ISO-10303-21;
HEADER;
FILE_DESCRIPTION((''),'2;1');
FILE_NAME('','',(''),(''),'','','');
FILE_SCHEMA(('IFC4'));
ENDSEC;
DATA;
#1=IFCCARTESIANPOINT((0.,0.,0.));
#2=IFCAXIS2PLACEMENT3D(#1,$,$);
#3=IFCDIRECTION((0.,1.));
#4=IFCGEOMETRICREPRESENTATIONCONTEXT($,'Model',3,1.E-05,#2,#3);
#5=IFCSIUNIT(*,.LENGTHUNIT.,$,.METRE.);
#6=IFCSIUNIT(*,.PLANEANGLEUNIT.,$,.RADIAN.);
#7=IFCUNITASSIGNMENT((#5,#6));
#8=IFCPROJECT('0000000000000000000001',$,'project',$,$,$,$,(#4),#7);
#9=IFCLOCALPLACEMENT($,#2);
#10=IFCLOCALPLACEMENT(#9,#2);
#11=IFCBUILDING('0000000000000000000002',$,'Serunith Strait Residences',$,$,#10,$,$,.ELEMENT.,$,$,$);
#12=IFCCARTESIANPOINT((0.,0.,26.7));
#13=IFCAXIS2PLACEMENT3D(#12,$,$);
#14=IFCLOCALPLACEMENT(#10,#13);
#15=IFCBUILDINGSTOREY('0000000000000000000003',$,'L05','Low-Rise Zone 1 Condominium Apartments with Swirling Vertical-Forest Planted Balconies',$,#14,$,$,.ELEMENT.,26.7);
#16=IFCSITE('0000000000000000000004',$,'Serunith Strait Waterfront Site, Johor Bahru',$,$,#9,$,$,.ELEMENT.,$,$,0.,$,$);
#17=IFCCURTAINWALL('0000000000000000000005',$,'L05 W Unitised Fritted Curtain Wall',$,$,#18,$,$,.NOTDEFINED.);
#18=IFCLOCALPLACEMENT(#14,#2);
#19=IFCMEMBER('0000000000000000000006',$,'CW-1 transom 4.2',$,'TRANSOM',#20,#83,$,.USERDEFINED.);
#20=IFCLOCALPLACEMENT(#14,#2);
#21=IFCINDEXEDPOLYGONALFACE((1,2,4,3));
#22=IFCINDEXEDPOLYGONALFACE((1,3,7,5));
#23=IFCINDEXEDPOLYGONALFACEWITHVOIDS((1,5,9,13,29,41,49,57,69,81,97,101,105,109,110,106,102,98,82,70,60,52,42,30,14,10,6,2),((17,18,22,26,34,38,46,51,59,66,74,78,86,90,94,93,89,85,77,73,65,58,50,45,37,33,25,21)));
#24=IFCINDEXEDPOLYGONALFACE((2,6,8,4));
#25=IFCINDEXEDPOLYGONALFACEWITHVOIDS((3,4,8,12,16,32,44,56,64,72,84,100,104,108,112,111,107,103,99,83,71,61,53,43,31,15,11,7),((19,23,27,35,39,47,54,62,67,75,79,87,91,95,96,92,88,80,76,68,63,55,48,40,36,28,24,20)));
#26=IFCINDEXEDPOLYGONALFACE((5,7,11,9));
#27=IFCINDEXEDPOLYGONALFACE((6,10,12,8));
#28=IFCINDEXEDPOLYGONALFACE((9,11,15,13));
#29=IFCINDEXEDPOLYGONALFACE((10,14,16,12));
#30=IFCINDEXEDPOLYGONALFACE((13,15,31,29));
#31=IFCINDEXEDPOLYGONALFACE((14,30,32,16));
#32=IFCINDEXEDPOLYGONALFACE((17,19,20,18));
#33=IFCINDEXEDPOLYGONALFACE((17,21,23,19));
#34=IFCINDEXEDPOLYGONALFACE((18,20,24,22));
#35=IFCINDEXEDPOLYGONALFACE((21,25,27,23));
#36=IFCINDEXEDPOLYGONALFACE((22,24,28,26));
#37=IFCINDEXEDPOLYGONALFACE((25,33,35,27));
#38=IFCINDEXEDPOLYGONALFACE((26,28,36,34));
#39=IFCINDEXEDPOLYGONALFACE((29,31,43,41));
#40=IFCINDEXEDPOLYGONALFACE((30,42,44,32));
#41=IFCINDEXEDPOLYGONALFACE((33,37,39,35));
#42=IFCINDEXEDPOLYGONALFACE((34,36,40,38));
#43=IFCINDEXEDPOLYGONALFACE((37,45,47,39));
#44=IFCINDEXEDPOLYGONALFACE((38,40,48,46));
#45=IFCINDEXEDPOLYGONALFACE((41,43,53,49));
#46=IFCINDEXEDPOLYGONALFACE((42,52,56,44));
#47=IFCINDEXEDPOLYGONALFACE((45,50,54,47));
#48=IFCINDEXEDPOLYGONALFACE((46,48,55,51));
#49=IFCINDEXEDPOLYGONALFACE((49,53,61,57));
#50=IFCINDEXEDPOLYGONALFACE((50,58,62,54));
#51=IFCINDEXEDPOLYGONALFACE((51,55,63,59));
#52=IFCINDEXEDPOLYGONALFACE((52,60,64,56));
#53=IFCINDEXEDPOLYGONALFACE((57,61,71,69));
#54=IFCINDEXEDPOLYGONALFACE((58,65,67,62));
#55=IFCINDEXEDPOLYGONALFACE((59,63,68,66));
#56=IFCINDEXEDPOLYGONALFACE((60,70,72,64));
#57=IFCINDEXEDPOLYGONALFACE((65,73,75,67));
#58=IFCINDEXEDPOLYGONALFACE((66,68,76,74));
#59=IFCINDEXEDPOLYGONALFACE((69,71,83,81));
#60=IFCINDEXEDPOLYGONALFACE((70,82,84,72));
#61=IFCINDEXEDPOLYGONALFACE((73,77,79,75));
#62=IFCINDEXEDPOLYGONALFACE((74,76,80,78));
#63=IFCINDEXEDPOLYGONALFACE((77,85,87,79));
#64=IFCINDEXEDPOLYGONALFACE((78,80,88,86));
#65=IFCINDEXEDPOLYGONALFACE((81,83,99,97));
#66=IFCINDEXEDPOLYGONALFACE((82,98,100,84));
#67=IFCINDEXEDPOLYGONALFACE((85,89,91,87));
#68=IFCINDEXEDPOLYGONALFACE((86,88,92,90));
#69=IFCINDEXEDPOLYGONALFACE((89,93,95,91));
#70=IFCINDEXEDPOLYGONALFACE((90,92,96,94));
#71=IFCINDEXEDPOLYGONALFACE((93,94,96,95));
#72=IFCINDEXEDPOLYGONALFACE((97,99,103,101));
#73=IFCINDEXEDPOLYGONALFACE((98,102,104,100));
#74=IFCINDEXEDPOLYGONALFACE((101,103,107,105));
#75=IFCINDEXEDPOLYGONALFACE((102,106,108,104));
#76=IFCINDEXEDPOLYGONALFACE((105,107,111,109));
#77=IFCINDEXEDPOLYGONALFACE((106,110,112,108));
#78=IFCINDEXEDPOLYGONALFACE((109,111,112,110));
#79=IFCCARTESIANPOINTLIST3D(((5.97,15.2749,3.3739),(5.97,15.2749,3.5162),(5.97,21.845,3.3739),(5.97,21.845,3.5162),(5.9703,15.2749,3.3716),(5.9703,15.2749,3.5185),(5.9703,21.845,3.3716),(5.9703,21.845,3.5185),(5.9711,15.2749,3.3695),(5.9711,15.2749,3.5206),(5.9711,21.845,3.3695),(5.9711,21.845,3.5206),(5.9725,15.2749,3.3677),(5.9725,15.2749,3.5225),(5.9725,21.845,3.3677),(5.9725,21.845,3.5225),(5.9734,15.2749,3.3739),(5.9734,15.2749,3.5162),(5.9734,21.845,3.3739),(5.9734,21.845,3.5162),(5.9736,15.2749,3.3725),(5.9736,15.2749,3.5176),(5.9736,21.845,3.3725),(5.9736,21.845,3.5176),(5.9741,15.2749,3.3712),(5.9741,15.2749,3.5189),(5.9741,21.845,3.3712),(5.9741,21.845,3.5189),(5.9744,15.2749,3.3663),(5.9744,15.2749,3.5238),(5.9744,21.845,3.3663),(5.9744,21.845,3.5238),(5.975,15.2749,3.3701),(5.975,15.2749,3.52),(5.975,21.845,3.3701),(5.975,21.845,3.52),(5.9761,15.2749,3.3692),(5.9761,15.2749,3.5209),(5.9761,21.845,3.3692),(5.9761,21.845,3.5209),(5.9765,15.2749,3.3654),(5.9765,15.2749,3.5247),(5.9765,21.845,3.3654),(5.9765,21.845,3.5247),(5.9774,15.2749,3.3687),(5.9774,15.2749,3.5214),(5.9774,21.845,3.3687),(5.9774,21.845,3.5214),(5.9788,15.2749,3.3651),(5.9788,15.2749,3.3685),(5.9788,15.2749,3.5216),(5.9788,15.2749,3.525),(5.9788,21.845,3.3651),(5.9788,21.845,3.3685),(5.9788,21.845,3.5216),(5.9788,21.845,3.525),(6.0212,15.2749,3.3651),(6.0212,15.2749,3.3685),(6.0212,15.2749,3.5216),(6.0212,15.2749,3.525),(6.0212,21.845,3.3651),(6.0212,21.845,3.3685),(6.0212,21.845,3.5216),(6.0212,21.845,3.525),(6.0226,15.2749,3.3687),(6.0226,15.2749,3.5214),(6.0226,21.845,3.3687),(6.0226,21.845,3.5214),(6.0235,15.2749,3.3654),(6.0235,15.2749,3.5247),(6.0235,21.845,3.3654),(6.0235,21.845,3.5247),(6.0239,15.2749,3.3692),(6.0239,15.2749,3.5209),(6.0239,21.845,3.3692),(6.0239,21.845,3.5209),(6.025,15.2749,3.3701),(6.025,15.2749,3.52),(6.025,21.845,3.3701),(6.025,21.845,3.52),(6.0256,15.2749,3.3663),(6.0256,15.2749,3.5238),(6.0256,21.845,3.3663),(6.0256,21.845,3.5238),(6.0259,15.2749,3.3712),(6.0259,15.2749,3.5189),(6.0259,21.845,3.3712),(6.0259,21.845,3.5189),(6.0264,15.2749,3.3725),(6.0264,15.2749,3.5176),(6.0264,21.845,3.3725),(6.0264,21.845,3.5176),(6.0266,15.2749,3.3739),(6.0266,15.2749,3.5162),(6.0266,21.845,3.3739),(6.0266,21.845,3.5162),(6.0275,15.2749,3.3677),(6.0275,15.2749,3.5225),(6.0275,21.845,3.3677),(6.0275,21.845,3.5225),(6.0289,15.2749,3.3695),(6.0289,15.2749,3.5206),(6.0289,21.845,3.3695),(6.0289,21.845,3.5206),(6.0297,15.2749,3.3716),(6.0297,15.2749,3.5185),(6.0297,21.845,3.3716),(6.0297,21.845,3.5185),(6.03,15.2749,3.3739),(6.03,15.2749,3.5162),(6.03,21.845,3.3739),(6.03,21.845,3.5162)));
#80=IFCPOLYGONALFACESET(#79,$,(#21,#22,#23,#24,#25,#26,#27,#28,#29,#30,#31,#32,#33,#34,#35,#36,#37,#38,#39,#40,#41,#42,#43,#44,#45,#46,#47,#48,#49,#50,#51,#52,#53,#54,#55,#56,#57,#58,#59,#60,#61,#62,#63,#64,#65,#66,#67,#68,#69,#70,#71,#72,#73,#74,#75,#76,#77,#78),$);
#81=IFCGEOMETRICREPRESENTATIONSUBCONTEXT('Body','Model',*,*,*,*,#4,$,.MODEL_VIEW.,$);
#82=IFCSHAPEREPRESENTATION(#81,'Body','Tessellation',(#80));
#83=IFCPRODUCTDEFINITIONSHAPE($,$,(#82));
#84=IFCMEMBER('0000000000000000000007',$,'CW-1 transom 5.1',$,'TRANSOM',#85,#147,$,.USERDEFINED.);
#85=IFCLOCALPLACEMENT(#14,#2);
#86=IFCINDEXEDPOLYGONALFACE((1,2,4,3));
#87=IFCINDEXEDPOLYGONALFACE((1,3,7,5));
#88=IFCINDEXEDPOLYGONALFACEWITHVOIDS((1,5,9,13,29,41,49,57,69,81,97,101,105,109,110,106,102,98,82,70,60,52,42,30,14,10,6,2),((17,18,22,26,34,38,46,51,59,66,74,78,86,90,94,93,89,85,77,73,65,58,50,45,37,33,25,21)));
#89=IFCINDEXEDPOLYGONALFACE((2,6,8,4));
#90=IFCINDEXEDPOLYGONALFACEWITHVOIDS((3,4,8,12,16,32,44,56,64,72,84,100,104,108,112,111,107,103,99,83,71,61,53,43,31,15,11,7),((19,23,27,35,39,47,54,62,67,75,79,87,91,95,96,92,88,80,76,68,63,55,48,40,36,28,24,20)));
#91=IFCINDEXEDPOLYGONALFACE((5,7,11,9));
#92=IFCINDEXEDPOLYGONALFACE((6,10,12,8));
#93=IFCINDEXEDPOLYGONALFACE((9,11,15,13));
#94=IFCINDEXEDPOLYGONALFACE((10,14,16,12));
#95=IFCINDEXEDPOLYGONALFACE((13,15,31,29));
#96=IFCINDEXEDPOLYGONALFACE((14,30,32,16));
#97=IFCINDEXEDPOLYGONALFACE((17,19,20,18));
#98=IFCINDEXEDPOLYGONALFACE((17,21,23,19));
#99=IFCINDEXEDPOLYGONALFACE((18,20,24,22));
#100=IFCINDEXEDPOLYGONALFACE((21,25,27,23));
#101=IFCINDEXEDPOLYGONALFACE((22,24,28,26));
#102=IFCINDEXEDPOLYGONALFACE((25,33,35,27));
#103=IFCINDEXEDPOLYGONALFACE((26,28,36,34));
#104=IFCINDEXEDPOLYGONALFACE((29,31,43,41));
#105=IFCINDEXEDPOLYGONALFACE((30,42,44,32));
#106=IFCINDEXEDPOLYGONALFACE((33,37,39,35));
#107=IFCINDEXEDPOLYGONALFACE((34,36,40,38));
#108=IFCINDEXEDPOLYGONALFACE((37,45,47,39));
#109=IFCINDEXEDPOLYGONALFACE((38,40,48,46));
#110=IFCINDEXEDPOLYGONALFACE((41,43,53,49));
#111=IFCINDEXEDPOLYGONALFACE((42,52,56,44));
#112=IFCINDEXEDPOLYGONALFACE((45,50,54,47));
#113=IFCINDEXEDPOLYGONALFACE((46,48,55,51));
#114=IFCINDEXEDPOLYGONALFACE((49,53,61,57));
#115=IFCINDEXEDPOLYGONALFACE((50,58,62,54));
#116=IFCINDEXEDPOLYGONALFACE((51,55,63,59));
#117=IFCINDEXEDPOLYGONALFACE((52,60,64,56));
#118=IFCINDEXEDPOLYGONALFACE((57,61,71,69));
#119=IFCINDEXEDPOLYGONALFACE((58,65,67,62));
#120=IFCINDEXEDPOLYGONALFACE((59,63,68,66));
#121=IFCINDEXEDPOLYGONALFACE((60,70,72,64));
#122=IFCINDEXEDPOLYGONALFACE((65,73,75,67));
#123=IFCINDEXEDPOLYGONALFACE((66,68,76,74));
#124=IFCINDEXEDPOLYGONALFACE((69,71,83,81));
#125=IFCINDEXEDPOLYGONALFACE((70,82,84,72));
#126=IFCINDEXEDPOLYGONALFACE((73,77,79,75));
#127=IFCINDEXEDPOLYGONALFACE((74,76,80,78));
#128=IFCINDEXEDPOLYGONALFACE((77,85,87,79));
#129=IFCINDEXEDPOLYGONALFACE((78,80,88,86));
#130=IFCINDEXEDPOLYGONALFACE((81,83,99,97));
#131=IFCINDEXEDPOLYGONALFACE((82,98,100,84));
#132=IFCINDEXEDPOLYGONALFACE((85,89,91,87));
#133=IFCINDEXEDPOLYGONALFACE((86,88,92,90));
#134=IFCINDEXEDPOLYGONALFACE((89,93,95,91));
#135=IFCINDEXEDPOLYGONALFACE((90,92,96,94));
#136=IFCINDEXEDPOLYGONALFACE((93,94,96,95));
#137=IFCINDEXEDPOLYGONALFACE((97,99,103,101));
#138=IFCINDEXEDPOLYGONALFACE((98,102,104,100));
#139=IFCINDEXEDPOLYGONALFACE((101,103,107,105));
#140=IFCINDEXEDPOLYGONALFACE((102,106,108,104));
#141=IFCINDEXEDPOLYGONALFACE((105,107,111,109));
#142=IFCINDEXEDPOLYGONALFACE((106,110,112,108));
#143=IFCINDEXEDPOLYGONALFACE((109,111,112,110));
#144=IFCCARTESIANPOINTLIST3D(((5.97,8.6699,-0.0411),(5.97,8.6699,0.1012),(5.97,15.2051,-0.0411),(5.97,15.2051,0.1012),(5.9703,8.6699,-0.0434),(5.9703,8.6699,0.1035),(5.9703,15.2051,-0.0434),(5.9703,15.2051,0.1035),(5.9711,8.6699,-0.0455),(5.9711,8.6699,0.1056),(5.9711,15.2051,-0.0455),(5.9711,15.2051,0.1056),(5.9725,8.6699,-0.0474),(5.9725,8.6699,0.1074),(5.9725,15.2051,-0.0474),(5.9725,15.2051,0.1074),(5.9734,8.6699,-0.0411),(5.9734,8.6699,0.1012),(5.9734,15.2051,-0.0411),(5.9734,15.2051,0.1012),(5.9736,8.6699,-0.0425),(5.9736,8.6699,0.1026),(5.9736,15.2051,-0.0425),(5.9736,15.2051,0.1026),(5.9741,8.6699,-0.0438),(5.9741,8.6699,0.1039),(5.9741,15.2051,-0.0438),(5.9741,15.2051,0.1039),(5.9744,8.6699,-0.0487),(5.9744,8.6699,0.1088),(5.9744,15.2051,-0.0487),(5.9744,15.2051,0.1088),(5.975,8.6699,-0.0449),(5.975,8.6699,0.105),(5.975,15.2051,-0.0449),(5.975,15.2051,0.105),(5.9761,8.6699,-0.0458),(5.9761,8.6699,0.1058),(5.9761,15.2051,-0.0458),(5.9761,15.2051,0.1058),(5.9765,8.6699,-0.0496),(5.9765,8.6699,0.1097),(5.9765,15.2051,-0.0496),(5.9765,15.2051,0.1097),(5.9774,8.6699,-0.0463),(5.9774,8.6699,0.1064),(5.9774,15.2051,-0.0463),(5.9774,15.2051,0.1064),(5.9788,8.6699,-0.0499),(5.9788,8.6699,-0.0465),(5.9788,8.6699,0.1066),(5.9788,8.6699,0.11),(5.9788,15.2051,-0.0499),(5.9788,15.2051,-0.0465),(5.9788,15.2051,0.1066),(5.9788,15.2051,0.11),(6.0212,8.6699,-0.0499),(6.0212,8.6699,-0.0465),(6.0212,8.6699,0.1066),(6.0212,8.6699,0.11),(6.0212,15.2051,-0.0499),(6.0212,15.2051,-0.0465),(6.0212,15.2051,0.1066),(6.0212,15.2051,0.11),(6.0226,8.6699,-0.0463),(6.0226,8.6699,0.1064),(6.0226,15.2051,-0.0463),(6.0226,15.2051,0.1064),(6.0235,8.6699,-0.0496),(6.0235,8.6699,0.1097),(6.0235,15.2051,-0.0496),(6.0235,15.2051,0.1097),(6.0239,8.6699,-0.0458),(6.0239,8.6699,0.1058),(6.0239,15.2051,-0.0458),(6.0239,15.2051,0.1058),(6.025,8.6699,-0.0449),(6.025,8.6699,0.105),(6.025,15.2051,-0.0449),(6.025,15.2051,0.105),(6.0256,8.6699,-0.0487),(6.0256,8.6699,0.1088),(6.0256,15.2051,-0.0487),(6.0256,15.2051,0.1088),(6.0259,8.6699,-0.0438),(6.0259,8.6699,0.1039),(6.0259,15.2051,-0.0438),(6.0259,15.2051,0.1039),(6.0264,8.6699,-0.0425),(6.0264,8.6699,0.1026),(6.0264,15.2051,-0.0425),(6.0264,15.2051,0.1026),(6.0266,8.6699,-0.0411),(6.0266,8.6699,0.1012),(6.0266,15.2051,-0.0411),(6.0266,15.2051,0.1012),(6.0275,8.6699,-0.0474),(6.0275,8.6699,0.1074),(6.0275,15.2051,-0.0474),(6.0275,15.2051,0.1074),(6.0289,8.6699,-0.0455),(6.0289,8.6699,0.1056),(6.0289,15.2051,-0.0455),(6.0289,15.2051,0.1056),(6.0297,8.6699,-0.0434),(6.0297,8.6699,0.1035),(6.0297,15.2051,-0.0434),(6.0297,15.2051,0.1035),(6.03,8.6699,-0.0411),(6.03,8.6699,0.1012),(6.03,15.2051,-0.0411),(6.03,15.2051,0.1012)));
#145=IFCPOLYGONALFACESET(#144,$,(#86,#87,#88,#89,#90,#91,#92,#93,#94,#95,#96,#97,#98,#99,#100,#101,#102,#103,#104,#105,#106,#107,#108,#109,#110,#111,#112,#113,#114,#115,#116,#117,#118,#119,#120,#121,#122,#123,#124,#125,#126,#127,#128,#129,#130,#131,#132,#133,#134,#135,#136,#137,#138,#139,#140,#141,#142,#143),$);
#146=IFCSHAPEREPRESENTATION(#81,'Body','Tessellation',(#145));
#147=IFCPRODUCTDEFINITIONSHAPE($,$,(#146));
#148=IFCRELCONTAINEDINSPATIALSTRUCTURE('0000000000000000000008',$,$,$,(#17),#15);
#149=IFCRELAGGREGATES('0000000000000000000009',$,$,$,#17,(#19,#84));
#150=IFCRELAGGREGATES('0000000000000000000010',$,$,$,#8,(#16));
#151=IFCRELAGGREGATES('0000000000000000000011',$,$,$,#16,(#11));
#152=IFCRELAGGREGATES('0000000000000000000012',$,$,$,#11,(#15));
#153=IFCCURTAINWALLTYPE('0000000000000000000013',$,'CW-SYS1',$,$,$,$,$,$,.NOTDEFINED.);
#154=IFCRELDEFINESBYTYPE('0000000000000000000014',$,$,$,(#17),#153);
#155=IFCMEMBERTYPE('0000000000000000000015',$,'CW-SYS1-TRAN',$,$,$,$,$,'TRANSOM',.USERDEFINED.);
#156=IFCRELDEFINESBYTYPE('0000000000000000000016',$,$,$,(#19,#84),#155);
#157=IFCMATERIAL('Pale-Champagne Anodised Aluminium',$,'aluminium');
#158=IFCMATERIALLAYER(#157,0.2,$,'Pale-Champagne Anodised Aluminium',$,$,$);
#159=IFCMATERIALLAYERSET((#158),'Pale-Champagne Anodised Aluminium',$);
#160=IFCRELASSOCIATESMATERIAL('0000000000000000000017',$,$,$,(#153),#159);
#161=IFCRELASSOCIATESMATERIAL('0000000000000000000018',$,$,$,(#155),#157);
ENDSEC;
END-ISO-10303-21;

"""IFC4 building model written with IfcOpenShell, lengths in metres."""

from ifc_helpers import new_model, si_unit, direction, frame, origin, origin_2d, place, context, subcontext, project, spatial, hollow_rectangle, extrude, source, transform, mapped, material, layer, layer_set, material_profile, profile_set, type_object, element, aggregate, save


model = new_model("IFC4")

# Units and contexts
model_context = context("Model", 3, precision=1e-05, world=origin(), true_north=direction((0.0, 1.0)))
body_context = subcontext(model_context, "Body", "Model", "MODEL_VIEW")
ifc_project = project(units=[si_unit("LENGTHUNIT", "METRE"), si_unit("PLANEANGLEUNIT", "RADIAN")], contexts=[model_context])

# Site, building, storey
site_placement = place(None, origin())
site = spatial("IfcSite", under=ifc_project, at=site_placement, Name="Serunith Strait Waterfront Site, Johor Bahru", CompositionType="ELEMENT", RefElevation=0.0)
building_placement = place(site_placement, origin())
building = spatial("IfcBuilding", under=site, at=building_placement, Name="Serunith Strait Residences", CompositionType="ELEMENT")
storey_placement = place(building_placement, frame((0.0, 0.0, 26.7)))
storey = spatial("IfcBuildingStorey", under=building, at=storey_placement, Name="L05", Description="Low-Rise Zone 1 Condominium Apartments with Swirling Vertical-Forest Planted Balconies", CompositionType="ELEMENT", Elevation=26.7)

# Curtain wall, members
ifc_material_1 = material(Name="Pale-Champagne Anodised Aluminium", Category="aluminium")
ifc_layer_1 = layer(ifc_material_1, 0.2, Name="Pale-Champagne Anodised Aluminium")
ifc_layer_set_1 = layer_set([ifc_layer_1], Name="Pale-Champagne Anodised Aluminium")
curtain_wall_type = type_object("IfcCurtainWallType", Name="CW-SYS1", PredefinedType="NOTDEFINED", material=ifc_layer_set_1)
curtain_wall_placement = place(storey_placement, origin())
curtain_wall = element("IfcCurtainWall", 1, at=curtain_wall_placement, inside=storey, type_object=curtain_wall_type, Name="L05 W Unitised Fritted Curtain Wall", PredefinedType="NOTDEFINED")
ifc_material_profile_1 = material_profile(ifc_material_1, hollow_rectangle(XDim=0.0601, YDim=0.1599, WallThickness=0.0034, InnerFilletRadius=0.0054, OuterFilletRadius=0.0088, at=origin_2d()), Name="ALU 160x60x3.5")
ifc_profile_set_1 = profile_set([ifc_material_profile_1], Name="Pale-Champagne Anodised Aluminium")
member_type_1 = type_object("IfcMemberType", Name="CW-SYS1-TRAN", ElementType="TRANSOM", PredefinedType="USERDEFINED", material=ifc_profile_set_1)
shared_shape_1 = source(origin(), body_context, "Body", "SweptSolid", [
    extrude(hollow_rectangle(XDim=0.0601, YDim=0.1599, WallThickness=0.0034, InnerFilletRadius=0.0054, OuterFilletRadius=0.0088, at=origin_2d()), origin(), (0.0, 0.0, 1.0), 6.5701),
])
member_1_placement = place(storey_placement, frame((6.0, 21.845, 3.4451), z_axis=(0.0, -1.0, 0.0), x_axis=(1.0, 0.0, 0.0)))
member_1 = element("IfcMember", 2, at=member_1_placement, type_object=member_type_1, Name="CW-1 transom 4.2", ObjectType="TRANSOM", PredefinedType="USERDEFINED", context=body_context, shape_type="MappedRepresentation", body=[
    mapped(shared_shape_1, transform((0.0, 0.0, 0.0), scale=1.0)),
])
shared_shape_2 = source(origin(), body_context, "Body", "SweptSolid", [
    extrude(hollow_rectangle(XDim=0.0601, YDim=0.1599, WallThickness=0.0034, InnerFilletRadius=0.0054, OuterFilletRadius=0.0088, at=origin_2d()), origin(), (0.0, 0.0, 1.0), 6.5352),
])
member_2_placement = place(storey_placement, frame((6.0, 15.2051, 0.03), z_axis=(0.0, -1.0, 0.0), x_axis=(1.0, 0.0, 0.0)))
member_2 = element("IfcMember", 3, at=member_2_placement, type_object=member_type_1, Name="CW-1 transom 5.1", ObjectType="TRANSOM", PredefinedType="USERDEFINED", context=body_context, shape_type="MappedRepresentation", body=[
    mapped(shared_shape_2, transform((0.0, 0.0, 0.0), scale=1.0)),
])
aggregate(curtain_wall, [member_1, member_2])

save(model, "model.ifc")
